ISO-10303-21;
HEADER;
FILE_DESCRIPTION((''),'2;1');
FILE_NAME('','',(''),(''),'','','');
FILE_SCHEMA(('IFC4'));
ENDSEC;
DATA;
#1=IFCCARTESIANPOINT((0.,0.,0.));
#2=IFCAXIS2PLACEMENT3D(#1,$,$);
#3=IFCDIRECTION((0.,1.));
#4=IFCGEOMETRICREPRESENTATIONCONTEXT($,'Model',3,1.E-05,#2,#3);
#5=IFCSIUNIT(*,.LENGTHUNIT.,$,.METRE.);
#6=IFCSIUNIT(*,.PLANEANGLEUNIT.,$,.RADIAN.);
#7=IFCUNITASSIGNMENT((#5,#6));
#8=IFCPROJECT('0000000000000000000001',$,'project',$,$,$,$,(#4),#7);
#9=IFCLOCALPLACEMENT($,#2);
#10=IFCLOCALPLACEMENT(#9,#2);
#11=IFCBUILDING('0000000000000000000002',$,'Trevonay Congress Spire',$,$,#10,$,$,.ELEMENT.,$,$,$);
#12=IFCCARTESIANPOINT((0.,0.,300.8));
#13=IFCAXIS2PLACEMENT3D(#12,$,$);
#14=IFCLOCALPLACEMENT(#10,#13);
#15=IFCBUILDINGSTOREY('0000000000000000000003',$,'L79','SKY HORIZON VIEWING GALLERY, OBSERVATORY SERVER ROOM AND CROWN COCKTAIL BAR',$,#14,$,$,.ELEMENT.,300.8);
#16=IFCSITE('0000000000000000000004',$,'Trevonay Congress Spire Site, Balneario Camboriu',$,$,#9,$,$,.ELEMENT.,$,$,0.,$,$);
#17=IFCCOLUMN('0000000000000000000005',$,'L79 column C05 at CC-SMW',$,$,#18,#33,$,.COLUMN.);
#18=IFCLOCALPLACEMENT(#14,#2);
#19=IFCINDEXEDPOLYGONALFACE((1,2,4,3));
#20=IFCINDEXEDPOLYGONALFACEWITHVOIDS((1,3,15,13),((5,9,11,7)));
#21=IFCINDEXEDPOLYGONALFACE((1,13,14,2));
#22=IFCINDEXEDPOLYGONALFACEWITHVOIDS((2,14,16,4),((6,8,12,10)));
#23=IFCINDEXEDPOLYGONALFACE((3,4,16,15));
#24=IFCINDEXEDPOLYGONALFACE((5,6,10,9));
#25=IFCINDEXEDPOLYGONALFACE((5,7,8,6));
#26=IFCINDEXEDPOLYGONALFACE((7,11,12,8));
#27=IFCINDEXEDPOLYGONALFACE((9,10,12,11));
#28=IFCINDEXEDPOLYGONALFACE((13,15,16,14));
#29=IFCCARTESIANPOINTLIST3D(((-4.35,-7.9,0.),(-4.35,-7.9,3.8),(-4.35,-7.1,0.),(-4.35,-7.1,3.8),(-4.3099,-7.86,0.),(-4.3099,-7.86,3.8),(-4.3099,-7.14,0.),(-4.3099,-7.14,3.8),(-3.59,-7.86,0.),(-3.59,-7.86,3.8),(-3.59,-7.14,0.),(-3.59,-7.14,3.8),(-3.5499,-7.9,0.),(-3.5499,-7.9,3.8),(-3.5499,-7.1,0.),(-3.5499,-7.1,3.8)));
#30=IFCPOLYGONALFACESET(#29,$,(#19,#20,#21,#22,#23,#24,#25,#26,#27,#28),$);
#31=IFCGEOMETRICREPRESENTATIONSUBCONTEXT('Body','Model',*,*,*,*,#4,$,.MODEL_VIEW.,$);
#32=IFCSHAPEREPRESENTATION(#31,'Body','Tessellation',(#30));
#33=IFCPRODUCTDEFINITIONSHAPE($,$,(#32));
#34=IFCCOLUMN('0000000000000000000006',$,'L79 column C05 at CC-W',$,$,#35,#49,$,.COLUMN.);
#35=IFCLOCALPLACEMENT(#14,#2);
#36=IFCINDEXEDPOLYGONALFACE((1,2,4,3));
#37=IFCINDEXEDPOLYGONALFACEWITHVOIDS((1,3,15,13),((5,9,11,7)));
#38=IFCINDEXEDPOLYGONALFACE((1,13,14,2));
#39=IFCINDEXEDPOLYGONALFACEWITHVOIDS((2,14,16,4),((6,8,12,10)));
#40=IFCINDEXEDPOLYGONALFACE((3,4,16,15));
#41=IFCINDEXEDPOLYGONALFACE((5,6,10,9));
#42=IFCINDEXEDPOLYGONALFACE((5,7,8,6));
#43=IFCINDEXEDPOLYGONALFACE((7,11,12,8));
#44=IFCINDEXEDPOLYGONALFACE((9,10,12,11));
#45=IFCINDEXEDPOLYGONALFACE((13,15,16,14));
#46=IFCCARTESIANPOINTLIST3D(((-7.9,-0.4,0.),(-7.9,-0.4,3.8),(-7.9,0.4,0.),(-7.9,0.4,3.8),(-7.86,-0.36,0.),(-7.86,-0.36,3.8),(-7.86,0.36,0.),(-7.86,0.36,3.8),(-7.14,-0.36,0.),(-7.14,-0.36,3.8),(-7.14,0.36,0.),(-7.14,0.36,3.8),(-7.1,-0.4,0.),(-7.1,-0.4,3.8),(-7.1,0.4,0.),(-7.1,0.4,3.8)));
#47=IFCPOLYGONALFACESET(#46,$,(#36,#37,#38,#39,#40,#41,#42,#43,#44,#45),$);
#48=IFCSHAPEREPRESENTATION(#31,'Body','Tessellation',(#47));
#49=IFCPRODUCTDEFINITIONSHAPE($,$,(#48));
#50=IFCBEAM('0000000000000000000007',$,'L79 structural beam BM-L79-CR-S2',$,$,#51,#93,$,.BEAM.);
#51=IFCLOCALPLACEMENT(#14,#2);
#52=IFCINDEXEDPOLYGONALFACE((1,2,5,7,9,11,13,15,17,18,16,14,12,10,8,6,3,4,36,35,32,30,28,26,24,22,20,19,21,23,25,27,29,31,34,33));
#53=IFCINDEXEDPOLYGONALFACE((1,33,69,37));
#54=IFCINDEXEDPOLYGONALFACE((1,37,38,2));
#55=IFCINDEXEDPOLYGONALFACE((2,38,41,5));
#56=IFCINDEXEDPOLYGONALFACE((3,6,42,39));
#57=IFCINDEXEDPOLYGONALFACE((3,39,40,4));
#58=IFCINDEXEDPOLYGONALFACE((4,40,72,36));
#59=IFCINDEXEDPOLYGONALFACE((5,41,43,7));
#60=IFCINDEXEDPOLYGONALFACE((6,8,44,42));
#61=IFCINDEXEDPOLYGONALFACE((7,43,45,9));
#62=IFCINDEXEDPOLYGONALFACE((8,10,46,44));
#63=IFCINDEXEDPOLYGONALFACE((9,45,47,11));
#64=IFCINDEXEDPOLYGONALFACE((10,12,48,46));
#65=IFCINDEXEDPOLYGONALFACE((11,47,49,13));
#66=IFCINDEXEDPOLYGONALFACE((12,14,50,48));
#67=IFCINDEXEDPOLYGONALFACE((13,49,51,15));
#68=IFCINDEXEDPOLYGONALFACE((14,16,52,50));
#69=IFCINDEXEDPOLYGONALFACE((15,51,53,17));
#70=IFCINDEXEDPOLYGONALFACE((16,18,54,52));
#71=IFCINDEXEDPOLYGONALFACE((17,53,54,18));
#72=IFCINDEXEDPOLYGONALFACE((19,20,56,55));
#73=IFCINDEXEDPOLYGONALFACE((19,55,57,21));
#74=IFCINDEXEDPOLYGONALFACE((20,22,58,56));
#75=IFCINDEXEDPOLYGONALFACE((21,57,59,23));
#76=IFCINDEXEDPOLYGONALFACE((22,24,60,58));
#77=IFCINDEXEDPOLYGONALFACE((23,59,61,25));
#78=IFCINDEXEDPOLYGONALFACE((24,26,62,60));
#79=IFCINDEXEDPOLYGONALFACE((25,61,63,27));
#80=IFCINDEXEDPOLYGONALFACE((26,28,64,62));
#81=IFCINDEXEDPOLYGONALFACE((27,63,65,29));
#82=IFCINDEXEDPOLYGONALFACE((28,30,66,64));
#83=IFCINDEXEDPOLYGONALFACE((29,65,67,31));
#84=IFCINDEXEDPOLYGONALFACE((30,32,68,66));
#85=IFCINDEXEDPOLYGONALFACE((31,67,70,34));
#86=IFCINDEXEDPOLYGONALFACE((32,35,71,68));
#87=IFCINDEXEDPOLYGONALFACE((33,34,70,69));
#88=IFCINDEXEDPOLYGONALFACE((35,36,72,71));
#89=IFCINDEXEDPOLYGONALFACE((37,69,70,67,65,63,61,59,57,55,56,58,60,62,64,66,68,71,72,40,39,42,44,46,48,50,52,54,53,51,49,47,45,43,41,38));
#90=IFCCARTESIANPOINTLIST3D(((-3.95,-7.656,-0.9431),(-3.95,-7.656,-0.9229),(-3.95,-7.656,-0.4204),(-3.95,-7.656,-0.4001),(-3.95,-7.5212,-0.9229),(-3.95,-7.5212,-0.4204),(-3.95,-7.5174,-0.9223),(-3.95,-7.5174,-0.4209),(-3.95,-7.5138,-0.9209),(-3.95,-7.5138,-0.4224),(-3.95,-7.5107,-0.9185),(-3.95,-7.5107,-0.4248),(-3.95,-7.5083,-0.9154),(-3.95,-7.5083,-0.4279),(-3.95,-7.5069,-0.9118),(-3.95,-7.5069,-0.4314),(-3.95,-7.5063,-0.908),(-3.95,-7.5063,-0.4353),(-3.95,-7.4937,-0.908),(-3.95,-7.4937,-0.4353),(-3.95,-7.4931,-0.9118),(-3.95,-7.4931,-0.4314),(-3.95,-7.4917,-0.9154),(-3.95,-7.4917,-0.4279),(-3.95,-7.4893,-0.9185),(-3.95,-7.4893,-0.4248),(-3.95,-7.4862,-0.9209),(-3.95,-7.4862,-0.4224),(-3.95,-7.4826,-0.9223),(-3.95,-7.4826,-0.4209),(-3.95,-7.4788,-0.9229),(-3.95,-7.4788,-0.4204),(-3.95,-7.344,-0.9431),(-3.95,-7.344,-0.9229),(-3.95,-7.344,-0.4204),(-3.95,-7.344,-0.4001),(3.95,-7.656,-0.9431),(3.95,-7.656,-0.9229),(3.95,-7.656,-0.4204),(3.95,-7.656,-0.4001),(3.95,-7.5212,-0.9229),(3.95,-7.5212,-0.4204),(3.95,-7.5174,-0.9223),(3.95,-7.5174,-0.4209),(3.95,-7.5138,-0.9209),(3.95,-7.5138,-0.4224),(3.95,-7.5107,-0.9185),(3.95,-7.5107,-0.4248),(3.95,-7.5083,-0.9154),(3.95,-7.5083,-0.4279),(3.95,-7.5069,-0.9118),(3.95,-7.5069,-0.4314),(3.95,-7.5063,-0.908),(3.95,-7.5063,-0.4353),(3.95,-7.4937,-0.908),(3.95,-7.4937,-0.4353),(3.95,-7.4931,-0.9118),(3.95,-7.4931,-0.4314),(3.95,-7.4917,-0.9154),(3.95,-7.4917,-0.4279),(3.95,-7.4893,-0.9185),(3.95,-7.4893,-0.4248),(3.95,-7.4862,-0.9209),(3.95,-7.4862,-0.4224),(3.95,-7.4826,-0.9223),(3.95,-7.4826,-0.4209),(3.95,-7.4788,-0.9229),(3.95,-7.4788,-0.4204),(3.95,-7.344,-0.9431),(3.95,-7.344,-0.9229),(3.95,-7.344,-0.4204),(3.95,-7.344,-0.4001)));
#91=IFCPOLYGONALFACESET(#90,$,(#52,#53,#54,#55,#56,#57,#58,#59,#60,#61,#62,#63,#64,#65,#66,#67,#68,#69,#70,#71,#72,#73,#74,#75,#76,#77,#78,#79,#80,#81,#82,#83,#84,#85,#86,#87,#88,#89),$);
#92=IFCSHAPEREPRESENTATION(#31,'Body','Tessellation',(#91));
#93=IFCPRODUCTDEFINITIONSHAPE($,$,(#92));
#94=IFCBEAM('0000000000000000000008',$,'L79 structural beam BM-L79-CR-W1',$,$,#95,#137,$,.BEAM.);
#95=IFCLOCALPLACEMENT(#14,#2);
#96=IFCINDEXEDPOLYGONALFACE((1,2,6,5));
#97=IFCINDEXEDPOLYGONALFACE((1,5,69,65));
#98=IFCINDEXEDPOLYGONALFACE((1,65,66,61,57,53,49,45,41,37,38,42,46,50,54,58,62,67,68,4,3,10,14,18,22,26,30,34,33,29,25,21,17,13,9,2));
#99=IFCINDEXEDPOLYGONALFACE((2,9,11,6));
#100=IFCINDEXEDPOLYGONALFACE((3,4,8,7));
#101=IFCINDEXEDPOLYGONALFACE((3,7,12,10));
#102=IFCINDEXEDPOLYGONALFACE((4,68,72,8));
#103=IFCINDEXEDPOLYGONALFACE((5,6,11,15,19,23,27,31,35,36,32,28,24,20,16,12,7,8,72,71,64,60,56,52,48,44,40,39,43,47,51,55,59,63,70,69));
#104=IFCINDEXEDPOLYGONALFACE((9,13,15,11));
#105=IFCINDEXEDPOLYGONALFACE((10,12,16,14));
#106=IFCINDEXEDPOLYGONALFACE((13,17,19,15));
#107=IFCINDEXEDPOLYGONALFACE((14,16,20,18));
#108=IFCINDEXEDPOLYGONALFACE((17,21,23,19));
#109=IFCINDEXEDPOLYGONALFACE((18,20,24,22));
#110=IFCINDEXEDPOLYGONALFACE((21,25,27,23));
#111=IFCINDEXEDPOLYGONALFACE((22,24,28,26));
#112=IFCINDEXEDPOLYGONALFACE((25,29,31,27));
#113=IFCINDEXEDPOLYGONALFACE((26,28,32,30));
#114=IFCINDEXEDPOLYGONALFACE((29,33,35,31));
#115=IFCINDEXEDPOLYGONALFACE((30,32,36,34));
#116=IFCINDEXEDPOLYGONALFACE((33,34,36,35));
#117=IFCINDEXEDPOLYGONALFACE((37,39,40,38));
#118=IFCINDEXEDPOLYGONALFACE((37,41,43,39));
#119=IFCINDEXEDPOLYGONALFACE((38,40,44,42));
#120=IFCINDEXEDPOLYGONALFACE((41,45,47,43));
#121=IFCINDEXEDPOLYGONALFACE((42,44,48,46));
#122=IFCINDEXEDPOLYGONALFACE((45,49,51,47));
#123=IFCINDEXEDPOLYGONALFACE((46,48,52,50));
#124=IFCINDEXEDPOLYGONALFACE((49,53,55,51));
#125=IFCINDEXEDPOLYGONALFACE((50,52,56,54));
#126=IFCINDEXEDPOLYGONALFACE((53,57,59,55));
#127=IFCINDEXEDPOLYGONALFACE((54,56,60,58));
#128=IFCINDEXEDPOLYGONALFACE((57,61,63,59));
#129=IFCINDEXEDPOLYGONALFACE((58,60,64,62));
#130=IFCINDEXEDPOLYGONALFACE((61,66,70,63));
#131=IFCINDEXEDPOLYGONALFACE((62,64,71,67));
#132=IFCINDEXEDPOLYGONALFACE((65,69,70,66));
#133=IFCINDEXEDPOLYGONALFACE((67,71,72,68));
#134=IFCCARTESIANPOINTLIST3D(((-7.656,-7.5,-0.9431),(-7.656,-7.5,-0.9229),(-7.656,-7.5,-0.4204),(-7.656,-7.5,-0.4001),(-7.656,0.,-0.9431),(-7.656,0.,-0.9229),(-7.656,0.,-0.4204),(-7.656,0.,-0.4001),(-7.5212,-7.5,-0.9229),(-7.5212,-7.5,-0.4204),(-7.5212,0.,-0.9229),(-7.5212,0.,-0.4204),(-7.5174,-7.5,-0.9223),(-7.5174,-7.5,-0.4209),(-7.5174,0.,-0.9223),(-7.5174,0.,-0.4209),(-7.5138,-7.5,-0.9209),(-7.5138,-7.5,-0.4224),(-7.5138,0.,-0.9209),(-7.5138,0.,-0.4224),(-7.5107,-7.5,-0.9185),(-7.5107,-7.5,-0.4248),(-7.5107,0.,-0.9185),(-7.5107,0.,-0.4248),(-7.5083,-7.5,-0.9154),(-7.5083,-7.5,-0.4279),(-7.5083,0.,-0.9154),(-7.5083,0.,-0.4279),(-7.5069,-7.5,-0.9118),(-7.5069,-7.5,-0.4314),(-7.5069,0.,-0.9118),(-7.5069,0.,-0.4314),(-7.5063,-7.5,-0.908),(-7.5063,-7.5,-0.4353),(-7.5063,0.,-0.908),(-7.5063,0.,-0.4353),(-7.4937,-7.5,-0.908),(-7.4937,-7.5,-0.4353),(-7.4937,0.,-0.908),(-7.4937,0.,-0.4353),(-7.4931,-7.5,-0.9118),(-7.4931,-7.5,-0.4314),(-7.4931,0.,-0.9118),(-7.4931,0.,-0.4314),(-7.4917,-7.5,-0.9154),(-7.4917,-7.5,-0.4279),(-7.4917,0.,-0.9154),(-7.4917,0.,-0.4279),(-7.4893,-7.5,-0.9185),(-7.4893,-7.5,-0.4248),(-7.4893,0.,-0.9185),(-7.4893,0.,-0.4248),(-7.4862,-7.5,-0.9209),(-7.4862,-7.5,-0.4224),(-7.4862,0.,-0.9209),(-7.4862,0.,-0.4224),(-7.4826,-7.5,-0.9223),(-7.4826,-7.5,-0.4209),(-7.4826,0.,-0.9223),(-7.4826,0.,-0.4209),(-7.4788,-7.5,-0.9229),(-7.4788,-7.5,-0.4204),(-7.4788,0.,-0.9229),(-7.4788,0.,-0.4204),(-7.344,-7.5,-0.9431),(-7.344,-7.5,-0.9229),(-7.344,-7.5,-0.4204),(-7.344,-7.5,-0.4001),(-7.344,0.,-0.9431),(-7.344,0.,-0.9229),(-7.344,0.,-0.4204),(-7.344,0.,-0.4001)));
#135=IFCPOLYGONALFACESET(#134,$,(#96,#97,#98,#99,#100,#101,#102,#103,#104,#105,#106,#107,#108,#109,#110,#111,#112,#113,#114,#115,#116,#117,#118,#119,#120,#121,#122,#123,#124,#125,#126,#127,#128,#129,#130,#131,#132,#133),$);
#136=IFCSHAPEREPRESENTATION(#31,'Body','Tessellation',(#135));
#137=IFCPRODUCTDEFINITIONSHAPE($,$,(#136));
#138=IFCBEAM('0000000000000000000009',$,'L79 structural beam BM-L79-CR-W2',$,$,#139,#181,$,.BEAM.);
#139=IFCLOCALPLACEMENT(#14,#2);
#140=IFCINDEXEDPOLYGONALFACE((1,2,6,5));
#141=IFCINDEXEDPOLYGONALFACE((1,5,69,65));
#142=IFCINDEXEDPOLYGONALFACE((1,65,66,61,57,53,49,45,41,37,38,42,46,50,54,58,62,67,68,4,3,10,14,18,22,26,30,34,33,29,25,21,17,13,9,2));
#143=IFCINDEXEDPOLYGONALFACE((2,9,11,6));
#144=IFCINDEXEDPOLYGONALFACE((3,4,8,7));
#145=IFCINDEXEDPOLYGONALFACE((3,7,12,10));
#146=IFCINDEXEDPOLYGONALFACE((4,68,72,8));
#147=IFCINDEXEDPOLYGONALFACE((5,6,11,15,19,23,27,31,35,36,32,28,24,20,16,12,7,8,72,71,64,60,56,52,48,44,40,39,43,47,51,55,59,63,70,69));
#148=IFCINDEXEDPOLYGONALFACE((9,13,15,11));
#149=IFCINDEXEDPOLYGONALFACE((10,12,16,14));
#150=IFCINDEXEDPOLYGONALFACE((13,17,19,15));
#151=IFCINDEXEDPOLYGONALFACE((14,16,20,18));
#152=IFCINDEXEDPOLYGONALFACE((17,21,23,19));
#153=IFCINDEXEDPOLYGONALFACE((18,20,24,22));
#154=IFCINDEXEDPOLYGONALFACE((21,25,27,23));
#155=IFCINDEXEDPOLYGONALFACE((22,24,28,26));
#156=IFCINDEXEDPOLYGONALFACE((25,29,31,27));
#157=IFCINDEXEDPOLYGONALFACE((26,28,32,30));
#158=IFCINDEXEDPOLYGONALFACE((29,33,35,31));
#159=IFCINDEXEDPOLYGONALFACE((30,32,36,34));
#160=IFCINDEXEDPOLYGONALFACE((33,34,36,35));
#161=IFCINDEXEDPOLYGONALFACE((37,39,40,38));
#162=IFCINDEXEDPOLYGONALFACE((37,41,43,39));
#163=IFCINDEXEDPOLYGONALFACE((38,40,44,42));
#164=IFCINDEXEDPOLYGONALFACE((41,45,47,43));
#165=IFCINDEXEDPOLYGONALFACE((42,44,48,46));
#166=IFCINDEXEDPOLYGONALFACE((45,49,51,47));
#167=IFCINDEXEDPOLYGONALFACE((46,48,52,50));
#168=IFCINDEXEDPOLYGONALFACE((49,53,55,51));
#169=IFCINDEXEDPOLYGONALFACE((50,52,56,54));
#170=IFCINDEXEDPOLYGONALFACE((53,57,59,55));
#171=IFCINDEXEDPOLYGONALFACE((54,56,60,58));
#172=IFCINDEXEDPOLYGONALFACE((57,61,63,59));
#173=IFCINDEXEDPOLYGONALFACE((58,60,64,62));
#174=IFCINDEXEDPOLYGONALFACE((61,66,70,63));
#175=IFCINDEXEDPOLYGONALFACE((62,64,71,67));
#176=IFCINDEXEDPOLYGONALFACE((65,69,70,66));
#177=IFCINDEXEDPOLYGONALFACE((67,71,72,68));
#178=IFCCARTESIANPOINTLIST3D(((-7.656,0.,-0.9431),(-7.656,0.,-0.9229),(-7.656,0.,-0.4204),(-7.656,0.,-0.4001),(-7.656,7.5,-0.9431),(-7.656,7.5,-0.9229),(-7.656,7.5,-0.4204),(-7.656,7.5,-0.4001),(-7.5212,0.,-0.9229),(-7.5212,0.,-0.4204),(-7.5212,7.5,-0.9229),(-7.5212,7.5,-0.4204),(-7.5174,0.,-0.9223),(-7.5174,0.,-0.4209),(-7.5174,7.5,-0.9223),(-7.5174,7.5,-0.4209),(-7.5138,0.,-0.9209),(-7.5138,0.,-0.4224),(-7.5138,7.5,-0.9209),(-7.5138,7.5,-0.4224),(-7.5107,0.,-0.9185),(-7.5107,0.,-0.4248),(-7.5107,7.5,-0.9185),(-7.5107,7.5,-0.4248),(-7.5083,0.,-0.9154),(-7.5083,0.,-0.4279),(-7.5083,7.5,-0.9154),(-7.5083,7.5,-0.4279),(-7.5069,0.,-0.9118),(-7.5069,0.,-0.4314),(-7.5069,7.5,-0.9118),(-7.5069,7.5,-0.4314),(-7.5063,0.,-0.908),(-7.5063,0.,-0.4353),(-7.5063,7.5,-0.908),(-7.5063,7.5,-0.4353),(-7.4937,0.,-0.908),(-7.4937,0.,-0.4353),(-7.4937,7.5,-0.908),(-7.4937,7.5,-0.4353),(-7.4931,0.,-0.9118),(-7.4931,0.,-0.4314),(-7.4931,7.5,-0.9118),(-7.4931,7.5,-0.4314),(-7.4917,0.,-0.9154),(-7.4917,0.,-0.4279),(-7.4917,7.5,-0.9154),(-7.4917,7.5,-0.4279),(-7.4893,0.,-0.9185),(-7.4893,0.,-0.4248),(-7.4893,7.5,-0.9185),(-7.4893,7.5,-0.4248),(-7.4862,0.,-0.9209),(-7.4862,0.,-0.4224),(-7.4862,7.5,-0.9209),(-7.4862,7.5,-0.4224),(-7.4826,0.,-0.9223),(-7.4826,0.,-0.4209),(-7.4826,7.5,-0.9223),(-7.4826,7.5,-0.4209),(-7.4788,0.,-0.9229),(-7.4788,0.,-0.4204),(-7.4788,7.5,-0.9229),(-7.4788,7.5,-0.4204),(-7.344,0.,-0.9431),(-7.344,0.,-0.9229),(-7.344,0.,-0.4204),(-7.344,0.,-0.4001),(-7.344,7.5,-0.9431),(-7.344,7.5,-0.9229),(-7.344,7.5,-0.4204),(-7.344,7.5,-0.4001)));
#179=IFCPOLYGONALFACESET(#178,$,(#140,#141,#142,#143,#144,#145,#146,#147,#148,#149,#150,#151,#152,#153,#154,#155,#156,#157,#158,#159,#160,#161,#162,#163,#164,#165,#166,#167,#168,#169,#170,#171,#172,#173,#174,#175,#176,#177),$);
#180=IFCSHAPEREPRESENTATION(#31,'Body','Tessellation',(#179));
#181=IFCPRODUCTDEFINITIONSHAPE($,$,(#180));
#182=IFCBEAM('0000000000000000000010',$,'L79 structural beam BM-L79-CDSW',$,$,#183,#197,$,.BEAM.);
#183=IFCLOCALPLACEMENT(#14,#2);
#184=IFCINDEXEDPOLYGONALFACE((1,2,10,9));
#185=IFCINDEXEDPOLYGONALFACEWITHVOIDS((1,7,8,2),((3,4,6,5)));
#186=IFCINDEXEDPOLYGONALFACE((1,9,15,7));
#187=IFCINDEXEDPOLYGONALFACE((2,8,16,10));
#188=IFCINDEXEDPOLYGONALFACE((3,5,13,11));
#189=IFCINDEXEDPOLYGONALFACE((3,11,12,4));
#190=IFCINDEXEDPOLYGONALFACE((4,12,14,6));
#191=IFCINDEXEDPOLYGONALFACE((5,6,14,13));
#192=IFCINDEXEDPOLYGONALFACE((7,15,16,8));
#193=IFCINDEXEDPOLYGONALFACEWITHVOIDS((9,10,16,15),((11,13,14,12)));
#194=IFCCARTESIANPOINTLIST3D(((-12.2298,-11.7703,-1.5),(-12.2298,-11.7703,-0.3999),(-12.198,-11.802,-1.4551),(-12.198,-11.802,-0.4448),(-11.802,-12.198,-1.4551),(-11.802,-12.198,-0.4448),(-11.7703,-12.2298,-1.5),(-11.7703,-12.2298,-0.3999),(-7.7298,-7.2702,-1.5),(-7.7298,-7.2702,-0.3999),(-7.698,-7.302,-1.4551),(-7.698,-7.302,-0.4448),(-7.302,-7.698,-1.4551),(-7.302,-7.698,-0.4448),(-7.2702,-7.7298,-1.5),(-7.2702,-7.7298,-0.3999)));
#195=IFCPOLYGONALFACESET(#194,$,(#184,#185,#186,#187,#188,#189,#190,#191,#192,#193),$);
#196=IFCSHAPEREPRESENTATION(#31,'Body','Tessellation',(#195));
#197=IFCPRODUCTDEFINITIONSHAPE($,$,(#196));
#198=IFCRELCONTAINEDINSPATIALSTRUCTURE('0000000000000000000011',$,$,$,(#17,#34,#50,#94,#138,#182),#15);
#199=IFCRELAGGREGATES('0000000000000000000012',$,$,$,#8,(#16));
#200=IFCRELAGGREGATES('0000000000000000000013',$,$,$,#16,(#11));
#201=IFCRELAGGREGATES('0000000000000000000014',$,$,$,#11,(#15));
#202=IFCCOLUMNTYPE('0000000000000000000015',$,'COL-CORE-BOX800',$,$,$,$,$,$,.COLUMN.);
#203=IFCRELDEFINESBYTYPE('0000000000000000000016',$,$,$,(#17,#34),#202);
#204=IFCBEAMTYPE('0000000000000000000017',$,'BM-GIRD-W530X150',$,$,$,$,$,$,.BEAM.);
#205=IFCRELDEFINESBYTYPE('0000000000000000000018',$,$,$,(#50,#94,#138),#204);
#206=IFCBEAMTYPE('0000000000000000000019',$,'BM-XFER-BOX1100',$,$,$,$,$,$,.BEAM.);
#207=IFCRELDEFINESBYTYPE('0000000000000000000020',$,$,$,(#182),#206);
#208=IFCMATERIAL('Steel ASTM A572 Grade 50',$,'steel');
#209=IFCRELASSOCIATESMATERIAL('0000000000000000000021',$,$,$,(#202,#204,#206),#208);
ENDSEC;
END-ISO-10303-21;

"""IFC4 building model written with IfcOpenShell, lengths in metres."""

from ifc_helpers import new_model, si_unit, direction, frame, origin, origin_2d, place, context, subcontext, project, spatial, hollow_rectangle, i_section, extrude, material, material_profile, profile_set, type_object, element, save


model = new_model("IFC4")

# Units and contexts
model_context = context("Model", 3, precision=1e-05, world=origin(), true_north=direction((0.0, 1.0)))
body_context = subcontext(model_context, "Body", "Model", "MODEL_VIEW")
ifc_project = project(units=[si_unit("LENGTHUNIT", "METRE"), si_unit("PLANEANGLEUNIT", "RADIAN")], contexts=[model_context])

# Site, building, storey
site_placement = place(None, origin())
site = spatial("IfcSite", under=ifc_project, at=site_placement, Name="Trevonay Congress Spire Site, Balneario Camboriu", CompositionType="ELEMENT", RefElevation=0.0)
building_placement = place(site_placement, origin())
building = spatial("IfcBuilding", under=site, at=building_placement, Name="Trevonay Congress Spire", CompositionType="ELEMENT")
storey_placement = place(building_placement, frame((0.0, 0.0, 300.8)))
storey = spatial("IfcBuildingStorey", under=building, at=storey_placement, Name="L79", Description="SKY HORIZON VIEWING GALLERY, OBSERVATORY SERVER ROOM AND CROWN COCKTAIL BAR", CompositionType="ELEMENT", Elevation=300.8)

# Columns
ifc_material_1 = material(Name="Steel ASTM A572 Grade 50", Category="steel")
ifc_material_profile_1 = material_profile(ifc_material_1, hollow_rectangle(XDim=0.8, YDim=0.8, WallThickness=0.04, at=origin_2d()), Name="BOX 800x800x40")
ifc_profile_set_1 = profile_set([ifc_material_profile_1], Name="Steel ASTM A572 Grade 50")
column_type = type_object("IfcColumnType", Name="COL-CORE-BOX800", PredefinedType="COLUMN", material=ifc_profile_set_1)
for number, where, z_axis, x_axis, name in (
    (1, (-3.95, -7.5, 0.0), (0.0, 0.0, 1.0), (1.0, 0.0, 0.0), "L79 column C05 at CC-SMW"),
    (2, (-7.5, 0.0, 0.0), (0.0, 0.0, 1.0), (1.0, 0.0, 0.0), "L79 column C05 at CC-W"),
):
    element("IfcColumn", number, at=place(storey_placement, frame(where, z_axis=z_axis, x_axis=x_axis)), inside=storey, type_object=column_type, Name=name, PredefinedType="COLUMN", context=body_context, shape_type="SweptSolid", body=[
        extrude(hollow_rectangle(XDim=0.8, YDim=0.8, WallThickness=0.04, at=origin_2d()), origin(), (0.0, 0.0, 1.0), 3.8),
    ])

# Beams
ifc_material_profile_2 = material_profile(ifc_material_1, i_section(OverallWidth=0.312, OverallDepth=0.543, WebThickness=0.0127, FlangeThickness=0.0203, FilletRadius=0.0149, at=origin_2d()), Name="W530x150")
ifc_profile_set_2 = profile_set([ifc_material_profile_2], Name="Steel ASTM A572 Grade 50")
beam_type_1 = type_object("IfcBeamType", Name="BM-GIRD-W530X150", PredefinedType="BEAM", material=ifc_profile_set_2)
beam_1_placement = place(storey_placement, frame((-3.95, -7.5, -0.6716), z_axis=(1.0, 0.0, 0.0), x_axis=(0.0, 1.0, 0.0)))
element("IfcBeam", 3, at=beam_1_placement, inside=storey, type_object=beam_type_1, Name="L79 structural beam BM-L79-CR-S2", PredefinedType="BEAM", context=body_context, shape_type="SweptSolid", body=[
    extrude(i_section(OverallWidth=0.312, OverallDepth=0.543, WebThickness=0.0127, FlangeThickness=0.0203, FilletRadius=0.0149, at=origin_2d()), origin(), (0.0, 0.0, 1.0), 7.8999),
])
for number, where, z_axis, x_axis, name in (
    (4, (-7.5, -7.5, -0.6716), (0.0, 1.0, 0.0), (-1.0, 0.0, 0.0), "L79 structural beam BM-L79-CR-W1"),
    (5, (-7.5, 0.0, -0.6716), (0.0, 1.0, 0.0), (-1.0, 0.0, 0.0), "L79 structural beam BM-L79-CR-W2"),
):
    element("IfcBeam", number, at=place(storey_placement, frame(where, z_axis=z_axis, x_axis=x_axis)), inside=storey, type_object=beam_type_1, Name=name, PredefinedType="BEAM", context=body_context, shape_type="SweptSolid", body=[
        extrude(i_section(OverallWidth=0.312, OverallDepth=0.543, WebThickness=0.0127, FlangeThickness=0.0203, FilletRadius=0.0149, at=origin_2d()), origin(), (0.0, 0.0, 1.0), 7.5),
    ])
ifc_material_profile_3 = material_profile(ifc_material_1, hollow_rectangle(XDim=0.6499, YDim=1.1001, WallThickness=0.0449, at=origin_2d()), Name="BOX 1100x650x45")
ifc_profile_set_3 = profile_set([ifc_material_profile_3], Name="Steel ASTM A572 Grade 50")
beam_type_2 = type_object("IfcBeamType", Name="BM-XFER-BOX1100", PredefinedType="BEAM", material=ifc_profile_set_3)
beam_2_placement = place(storey_placement, frame((-7.5, -7.5, -0.95), z_axis=(-0.707107, -0.707107, 0.0), x_axis=(0.707107, -0.707107, 0.0)))
element("IfcBeam", 6, at=beam_2_placement, inside=storey, type_object=beam_type_2, Name="L79 structural beam BM-L79-CDSW", PredefinedType="BEAM", context=body_context, shape_type="SweptSolid", body=[
    extrude(hollow_rectangle(XDim=0.6499, YDim=1.1001, WallThickness=0.0449, at=origin_2d()), origin(), (0.0, 0.0, 1.0), 6.364),
])

save(model, "model.ifc")
